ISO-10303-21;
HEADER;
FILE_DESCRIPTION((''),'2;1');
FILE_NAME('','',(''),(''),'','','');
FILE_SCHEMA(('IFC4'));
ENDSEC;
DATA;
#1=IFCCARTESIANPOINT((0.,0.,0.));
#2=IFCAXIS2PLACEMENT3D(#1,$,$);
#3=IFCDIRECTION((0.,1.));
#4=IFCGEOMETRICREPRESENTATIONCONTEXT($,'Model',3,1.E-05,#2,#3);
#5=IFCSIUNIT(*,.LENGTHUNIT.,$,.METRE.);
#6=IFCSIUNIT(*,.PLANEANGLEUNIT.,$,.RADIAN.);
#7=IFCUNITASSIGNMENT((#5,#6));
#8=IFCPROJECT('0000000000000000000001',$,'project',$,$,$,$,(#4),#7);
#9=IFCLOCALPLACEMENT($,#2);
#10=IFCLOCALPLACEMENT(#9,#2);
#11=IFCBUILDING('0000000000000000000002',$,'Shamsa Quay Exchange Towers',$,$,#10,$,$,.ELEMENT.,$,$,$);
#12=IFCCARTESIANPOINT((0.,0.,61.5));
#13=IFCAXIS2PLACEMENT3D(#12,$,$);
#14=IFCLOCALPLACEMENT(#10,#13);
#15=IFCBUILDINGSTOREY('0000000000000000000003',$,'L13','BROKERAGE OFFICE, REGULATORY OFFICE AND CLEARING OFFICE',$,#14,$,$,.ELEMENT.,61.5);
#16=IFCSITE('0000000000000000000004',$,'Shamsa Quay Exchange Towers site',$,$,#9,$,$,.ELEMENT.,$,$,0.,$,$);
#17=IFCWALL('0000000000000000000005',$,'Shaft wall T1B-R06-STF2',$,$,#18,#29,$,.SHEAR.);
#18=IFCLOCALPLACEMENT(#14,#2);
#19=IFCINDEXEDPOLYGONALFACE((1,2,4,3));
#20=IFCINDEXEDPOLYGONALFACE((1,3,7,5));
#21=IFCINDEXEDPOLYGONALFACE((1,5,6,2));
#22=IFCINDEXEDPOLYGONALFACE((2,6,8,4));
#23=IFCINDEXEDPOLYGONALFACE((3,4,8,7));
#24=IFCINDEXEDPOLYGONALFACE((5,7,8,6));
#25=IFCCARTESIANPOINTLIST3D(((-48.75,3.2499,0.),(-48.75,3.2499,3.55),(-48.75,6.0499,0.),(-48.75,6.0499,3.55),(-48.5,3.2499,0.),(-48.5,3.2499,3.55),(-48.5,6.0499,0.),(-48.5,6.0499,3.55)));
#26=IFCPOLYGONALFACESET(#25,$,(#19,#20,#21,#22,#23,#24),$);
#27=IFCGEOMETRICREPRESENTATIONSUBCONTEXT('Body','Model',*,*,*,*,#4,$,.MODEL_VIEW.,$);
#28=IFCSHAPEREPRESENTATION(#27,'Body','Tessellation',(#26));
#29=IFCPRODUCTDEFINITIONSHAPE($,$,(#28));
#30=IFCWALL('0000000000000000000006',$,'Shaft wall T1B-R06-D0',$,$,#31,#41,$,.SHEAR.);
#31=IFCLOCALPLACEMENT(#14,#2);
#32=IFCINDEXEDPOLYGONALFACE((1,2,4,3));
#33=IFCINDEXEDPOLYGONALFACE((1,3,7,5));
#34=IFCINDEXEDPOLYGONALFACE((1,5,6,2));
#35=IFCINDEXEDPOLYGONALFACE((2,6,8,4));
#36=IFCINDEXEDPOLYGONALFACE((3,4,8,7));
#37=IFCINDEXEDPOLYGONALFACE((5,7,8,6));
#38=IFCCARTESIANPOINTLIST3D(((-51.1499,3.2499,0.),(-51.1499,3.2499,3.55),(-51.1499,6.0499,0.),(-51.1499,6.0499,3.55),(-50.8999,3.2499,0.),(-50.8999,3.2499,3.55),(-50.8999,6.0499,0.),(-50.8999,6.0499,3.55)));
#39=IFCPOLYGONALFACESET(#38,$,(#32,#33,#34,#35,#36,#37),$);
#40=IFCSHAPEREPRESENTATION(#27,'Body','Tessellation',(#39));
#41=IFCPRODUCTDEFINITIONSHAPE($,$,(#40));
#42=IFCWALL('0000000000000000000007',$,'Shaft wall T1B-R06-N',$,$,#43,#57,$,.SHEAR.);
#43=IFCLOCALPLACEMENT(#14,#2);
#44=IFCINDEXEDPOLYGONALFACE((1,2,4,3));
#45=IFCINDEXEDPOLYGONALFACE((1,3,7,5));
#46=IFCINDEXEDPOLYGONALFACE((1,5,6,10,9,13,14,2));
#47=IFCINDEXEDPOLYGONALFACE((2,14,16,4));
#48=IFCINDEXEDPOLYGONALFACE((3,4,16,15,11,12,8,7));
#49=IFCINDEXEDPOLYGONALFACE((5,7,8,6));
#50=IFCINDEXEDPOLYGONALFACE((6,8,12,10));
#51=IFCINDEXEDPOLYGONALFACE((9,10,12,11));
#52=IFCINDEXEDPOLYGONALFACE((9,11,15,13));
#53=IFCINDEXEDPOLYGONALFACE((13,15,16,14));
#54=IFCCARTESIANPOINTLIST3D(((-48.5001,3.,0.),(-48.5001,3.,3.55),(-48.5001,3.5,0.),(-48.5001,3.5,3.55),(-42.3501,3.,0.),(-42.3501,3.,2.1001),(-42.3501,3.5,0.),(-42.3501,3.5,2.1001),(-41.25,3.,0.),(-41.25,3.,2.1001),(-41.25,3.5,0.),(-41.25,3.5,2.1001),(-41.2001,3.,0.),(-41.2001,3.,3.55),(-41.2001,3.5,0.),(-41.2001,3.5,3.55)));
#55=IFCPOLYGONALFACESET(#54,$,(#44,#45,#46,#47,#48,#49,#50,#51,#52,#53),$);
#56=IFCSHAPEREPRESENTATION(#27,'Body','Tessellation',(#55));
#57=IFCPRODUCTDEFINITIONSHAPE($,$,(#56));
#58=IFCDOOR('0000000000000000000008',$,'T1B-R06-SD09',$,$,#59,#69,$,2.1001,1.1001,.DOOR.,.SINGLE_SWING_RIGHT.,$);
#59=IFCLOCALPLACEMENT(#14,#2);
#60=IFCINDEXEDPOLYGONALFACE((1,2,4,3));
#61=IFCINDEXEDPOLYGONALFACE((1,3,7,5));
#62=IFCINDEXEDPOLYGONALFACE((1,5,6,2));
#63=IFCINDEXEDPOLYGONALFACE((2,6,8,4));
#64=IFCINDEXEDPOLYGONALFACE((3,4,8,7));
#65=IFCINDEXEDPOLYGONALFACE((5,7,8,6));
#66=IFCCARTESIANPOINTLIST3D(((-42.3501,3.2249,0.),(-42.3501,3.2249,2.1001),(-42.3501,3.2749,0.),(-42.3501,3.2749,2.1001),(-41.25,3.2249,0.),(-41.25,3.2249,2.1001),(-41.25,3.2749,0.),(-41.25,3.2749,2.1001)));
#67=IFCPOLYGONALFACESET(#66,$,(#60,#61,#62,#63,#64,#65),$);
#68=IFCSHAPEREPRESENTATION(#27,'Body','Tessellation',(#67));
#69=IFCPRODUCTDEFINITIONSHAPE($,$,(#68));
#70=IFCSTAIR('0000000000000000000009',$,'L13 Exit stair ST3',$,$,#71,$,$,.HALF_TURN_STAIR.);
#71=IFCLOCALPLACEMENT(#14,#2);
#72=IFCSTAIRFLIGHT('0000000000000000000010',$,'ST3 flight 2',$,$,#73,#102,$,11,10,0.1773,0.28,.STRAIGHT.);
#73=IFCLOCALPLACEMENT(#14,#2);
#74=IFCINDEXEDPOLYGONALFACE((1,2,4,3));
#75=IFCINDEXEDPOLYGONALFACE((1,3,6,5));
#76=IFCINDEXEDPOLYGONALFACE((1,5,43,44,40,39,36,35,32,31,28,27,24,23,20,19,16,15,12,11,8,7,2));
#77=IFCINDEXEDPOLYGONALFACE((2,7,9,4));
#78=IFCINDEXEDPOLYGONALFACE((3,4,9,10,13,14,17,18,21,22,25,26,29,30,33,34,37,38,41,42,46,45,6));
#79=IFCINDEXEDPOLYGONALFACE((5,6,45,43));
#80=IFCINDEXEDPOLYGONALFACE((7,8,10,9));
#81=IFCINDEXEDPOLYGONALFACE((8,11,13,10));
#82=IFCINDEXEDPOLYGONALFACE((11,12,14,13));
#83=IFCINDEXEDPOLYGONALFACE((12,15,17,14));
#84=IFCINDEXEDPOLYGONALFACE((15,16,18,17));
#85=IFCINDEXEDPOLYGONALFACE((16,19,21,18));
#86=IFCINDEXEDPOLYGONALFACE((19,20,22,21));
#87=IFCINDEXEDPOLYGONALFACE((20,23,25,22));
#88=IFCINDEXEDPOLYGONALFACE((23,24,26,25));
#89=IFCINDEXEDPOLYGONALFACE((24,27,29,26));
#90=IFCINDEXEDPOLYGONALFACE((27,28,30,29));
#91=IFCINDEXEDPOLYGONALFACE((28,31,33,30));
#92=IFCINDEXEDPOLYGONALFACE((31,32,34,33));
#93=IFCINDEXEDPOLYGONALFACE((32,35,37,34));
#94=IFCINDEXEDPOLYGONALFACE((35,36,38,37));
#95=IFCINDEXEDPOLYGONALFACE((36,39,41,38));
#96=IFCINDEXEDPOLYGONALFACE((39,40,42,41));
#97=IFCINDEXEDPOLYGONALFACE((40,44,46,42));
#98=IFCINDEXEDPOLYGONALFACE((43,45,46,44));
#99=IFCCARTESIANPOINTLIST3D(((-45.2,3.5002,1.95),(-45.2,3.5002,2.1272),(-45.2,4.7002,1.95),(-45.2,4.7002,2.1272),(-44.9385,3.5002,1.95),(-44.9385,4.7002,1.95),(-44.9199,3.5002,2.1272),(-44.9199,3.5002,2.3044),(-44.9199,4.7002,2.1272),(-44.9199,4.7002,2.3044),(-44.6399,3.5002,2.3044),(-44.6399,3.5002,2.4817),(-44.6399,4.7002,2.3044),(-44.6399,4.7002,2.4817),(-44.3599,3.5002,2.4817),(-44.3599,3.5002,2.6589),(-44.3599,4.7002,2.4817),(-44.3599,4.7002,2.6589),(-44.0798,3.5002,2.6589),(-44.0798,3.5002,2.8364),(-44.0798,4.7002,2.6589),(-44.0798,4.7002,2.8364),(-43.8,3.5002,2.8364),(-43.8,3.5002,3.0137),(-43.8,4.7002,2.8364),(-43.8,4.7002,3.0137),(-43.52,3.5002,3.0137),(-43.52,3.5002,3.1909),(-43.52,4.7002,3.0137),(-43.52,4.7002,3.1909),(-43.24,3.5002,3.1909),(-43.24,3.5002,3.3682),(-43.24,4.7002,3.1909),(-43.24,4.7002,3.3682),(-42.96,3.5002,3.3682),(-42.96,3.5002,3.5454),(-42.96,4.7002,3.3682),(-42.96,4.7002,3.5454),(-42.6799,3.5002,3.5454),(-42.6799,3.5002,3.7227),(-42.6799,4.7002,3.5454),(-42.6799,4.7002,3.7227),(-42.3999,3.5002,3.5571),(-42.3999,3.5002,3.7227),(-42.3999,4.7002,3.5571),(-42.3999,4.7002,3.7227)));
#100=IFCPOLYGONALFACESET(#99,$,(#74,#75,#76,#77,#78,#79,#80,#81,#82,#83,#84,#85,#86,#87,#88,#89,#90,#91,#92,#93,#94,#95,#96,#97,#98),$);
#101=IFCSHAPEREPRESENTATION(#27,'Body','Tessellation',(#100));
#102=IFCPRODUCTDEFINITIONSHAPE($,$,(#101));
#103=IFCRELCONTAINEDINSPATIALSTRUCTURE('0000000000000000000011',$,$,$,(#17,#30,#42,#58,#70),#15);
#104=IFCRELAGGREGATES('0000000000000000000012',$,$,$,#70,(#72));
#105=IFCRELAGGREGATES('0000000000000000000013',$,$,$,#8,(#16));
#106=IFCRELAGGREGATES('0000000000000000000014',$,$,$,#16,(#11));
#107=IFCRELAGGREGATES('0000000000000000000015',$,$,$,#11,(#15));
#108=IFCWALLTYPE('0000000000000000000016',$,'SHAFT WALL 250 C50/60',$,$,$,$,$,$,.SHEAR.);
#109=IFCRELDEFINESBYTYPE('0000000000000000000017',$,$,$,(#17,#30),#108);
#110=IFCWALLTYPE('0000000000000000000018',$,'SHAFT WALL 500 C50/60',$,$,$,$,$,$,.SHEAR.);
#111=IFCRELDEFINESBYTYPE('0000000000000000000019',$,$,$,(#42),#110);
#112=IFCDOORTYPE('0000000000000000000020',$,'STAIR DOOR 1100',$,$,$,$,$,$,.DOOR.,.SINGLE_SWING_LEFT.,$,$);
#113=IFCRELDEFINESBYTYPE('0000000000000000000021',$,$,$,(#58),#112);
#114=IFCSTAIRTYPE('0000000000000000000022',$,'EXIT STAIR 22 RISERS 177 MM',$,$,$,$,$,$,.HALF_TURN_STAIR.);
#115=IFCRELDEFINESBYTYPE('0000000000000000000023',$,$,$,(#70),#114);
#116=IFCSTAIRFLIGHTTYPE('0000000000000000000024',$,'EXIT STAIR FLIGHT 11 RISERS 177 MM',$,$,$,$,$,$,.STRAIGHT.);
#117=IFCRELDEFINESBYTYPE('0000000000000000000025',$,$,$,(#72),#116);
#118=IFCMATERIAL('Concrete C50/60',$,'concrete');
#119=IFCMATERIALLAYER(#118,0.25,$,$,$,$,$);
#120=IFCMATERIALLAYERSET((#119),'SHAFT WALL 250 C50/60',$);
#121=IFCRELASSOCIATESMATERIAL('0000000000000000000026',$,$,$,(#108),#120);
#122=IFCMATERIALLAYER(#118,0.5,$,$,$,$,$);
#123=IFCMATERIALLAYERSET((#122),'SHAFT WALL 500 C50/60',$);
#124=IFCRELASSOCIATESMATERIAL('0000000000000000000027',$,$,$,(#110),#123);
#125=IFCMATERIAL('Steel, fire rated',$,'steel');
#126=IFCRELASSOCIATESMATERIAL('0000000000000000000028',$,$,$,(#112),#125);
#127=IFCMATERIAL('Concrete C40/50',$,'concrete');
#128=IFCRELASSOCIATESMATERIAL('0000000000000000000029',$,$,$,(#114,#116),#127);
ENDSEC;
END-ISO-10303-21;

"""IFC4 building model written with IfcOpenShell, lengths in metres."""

from ifc_helpers import new_model, si_unit, direction, frame, frame_2d, origin, place, context, subcontext, project, spatial, polyline, rectangle, outline, extrude, material, layer, layer_set, type_object, element, fill, aggregate, save


model = new_model("IFC4")

# Units and contexts
model_context = context("Model", 3, precision=1e-05, world=origin(), true_north=direction((0.0, 1.0)))
body_context = subcontext(model_context, "Body", "Model", "MODEL_VIEW")
ifc_project = project(units=[si_unit("LENGTHUNIT", "METRE"), si_unit("PLANEANGLEUNIT", "RADIAN")], contexts=[model_context])

# Site, building, storey
site_placement = place(None, origin())
site = spatial("IfcSite", under=ifc_project, at=site_placement, Name="Shamsa Quay Exchange Towers site", CompositionType="ELEMENT", RefElevation=0.0)
building_placement = place(site_placement, origin())
building = spatial("IfcBuilding", under=site, at=building_placement, Name="Shamsa Quay Exchange Towers", CompositionType="ELEMENT")
storey_placement = place(building_placement, frame((0.0, 0.0, 61.5)))
storey = spatial("IfcBuildingStorey", under=building, at=storey_placement, Name="L13", Description="BROKERAGE OFFICE, REGULATORY OFFICE AND CLEARING OFFICE", CompositionType="ELEMENT", Elevation=61.5)

# Shared definitions
ifc_material_1 = material(Name="Concrete C50/60", Category="concrete")
ifc_layer_1 = layer(ifc_material_1, 0.25)
ifc_layer_set_1 = layer_set([ifc_layer_1], Name="SHAFT WALL 250 C50/60")
wall_type_1 = type_object("IfcWallType", Name="SHAFT WALL 250 C50/60", PredefinedType="SHEAR", material=ifc_layer_set_1)
ifc_material_2 = material(Name="Steel, fire rated", Category="steel")

# Walls
for number, where, z_axis, x_axis, name in (
    (1, (-48.625, 3.25, 0.0), (0.0, 0.0, 1.0), (0.0, 1.0, 0.0), "Shaft wall T1B-R06-STF2"),
    (2, (-51.0249, 3.25, 0.0), (0.0, 0.0, 1.0), (0.0, 1.0, 0.0), "Shaft wall T1B-R06-D0"),
):
    element("IfcWall", number, at=place(storey_placement, frame(where, z_axis=z_axis, x_axis=x_axis)), inside=storey, type_object=wall_type_1, Name=name, PredefinedType="SHEAR", context=body_context, shape_type="SweptSolid", body=[
        extrude(rectangle(XDim=2.8, YDim=0.25, at=frame_2d((1.3999, 0.0))), origin(), (0.0, 0.0, 1.0), 3.55),
    ])

# Wall, opening, door
ifc_layer_2 = layer(ifc_material_1, 0.5)
ifc_layer_set_2 = layer_set([ifc_layer_2], Name="SHAFT WALL 500 C50/60")
wall_type_2 = type_object("IfcWallType", Name="SHAFT WALL 500 C50/60", PredefinedType="SHEAR", material=ifc_layer_set_2)
wall_1_placement = place(storey_placement, frame((-48.5, 3.25, 0.0)))
wall_1 = element("IfcWall", 3, at=wall_1_placement, inside=storey, type_object=wall_type_2, Name="Shaft wall T1B-R06-N", PredefinedType="SHEAR", context=body_context, shape_type="SweptSolid", body=[
    extrude(rectangle(XDim=7.3, YDim=0.5, at=frame_2d((3.6499, 0.0))), origin(), (0.0, 0.0, 1.0), 3.55),
])
opening_1_placement = place(wall_1_placement, frame((6.1499, 0.0, 0.0)))
opening_1 = element("IfcOpeningElement", 4, at=opening_1_placement, cuts=wall_1, PredefinedType="OPENING", context=body_context, shape_type="SweptSolid", body=[
    extrude(rectangle(XDim=1.1001, YDim=2.1001, at=frame_2d((0.55, 1.05))), frame((0.0, 0.26, 0.0), z_axis=(0.0, -1.0, 0.0), x_axis=(1.0, 0.0, 0.0)), (0.0, 0.0, 1.0), 0.52),
])
door_type_1 = type_object("IfcDoorType", Name="STAIR DOOR 1100", OperationType="SINGLE_SWING_LEFT", PredefinedType="DOOR", material=ifc_material_2)
door_1_placement = place(opening_1_placement, origin())
door_1 = element("IfcDoor", 5, at=door_1_placement, inside=storey, type_object=door_type_1, Name="T1B-R06-SD09", OperationType="SINGLE_SWING_RIGHT", OverallHeight=2.1001, OverallWidth=1.1001, PredefinedType="DOOR", context=body_context, shape_type="SweptSolid", body=[
    extrude(rectangle(XDim=1.1001, YDim=2.1001, at=frame_2d((0.55, 1.05))), frame((0.0, 0.0249, 0.0), z_axis=(0.0, -1.0, 0.0), x_axis=(1.0, 0.0, 0.0)), (0.0, 0.0, 1.0), 0.05),
])
fill(opening_1, door_1)

# Stair, stair flight
ifc_material_3 = material(Name="Concrete C40/50", Category="concrete")
stair_type = type_object("IfcStairType", Name="EXIT STAIR 22 RISERS 177 MM", PredefinedType="HALF_TURN_STAIR", material=ifc_material_3)
stair_placement = place(storey_placement, origin())
stair = element("IfcStair", 6, at=stair_placement, inside=storey, type_object=stair_type, Name="L13 Exit stair ST3", PredefinedType="HALF_TURN_STAIR")
stair_flight_type = type_object("IfcStairFlightType", Name="EXIT STAIR FLIGHT 11 RISERS 177 MM", PredefinedType="STRAIGHT", material=ifc_material_3)
stair_flight_placement = place(storey_placement, frame((-45.2, 4.1001, 1.95)))
stair_flight = element("IfcStairFlight", 7, at=stair_flight_placement, type_object=stair_flight_type, Name="ST3 flight 2", NumberOfRisers=11, NumberOfTreads=10, PredefinedType="STRAIGHT", RiserHeight=0.1773, TreadLength=0.28, context=body_context, shape_type="SweptSolid", body=[
    extrude(outline(polyline([(0.0, 0.0), (0.0, 0.1772), (0.28, 0.1772), (0.28, 0.3545), (0.5601, 0.3545), (0.5601, 0.5317), (0.8401, 0.5317), (0.8401, 0.709), (1.1201, 0.709), (1.1201, 0.8865), (1.3999, 0.8865), (1.3999, 1.0637), (1.6799, 1.0637), (1.6799, 1.241), (1.96, 1.241), (1.96, 1.4182), (2.24, 1.4182), (2.24, 1.5955), (2.52, 1.5955), (2.52, 1.7727), (2.8, 1.7727), (2.8, 1.95), (2.8, 1.6072), (0.2615, 0.0), (0.0, 0.0)])), frame((0.0, 0.6001, 0.0), z_axis=(0.0, -1.0, 0.0), x_axis=(1.0, 0.0, 0.0)), (0.0, 0.0, 1.0), 1.2),
])
aggregate(stair, [stair_flight])

save(model, "model.ifc")
